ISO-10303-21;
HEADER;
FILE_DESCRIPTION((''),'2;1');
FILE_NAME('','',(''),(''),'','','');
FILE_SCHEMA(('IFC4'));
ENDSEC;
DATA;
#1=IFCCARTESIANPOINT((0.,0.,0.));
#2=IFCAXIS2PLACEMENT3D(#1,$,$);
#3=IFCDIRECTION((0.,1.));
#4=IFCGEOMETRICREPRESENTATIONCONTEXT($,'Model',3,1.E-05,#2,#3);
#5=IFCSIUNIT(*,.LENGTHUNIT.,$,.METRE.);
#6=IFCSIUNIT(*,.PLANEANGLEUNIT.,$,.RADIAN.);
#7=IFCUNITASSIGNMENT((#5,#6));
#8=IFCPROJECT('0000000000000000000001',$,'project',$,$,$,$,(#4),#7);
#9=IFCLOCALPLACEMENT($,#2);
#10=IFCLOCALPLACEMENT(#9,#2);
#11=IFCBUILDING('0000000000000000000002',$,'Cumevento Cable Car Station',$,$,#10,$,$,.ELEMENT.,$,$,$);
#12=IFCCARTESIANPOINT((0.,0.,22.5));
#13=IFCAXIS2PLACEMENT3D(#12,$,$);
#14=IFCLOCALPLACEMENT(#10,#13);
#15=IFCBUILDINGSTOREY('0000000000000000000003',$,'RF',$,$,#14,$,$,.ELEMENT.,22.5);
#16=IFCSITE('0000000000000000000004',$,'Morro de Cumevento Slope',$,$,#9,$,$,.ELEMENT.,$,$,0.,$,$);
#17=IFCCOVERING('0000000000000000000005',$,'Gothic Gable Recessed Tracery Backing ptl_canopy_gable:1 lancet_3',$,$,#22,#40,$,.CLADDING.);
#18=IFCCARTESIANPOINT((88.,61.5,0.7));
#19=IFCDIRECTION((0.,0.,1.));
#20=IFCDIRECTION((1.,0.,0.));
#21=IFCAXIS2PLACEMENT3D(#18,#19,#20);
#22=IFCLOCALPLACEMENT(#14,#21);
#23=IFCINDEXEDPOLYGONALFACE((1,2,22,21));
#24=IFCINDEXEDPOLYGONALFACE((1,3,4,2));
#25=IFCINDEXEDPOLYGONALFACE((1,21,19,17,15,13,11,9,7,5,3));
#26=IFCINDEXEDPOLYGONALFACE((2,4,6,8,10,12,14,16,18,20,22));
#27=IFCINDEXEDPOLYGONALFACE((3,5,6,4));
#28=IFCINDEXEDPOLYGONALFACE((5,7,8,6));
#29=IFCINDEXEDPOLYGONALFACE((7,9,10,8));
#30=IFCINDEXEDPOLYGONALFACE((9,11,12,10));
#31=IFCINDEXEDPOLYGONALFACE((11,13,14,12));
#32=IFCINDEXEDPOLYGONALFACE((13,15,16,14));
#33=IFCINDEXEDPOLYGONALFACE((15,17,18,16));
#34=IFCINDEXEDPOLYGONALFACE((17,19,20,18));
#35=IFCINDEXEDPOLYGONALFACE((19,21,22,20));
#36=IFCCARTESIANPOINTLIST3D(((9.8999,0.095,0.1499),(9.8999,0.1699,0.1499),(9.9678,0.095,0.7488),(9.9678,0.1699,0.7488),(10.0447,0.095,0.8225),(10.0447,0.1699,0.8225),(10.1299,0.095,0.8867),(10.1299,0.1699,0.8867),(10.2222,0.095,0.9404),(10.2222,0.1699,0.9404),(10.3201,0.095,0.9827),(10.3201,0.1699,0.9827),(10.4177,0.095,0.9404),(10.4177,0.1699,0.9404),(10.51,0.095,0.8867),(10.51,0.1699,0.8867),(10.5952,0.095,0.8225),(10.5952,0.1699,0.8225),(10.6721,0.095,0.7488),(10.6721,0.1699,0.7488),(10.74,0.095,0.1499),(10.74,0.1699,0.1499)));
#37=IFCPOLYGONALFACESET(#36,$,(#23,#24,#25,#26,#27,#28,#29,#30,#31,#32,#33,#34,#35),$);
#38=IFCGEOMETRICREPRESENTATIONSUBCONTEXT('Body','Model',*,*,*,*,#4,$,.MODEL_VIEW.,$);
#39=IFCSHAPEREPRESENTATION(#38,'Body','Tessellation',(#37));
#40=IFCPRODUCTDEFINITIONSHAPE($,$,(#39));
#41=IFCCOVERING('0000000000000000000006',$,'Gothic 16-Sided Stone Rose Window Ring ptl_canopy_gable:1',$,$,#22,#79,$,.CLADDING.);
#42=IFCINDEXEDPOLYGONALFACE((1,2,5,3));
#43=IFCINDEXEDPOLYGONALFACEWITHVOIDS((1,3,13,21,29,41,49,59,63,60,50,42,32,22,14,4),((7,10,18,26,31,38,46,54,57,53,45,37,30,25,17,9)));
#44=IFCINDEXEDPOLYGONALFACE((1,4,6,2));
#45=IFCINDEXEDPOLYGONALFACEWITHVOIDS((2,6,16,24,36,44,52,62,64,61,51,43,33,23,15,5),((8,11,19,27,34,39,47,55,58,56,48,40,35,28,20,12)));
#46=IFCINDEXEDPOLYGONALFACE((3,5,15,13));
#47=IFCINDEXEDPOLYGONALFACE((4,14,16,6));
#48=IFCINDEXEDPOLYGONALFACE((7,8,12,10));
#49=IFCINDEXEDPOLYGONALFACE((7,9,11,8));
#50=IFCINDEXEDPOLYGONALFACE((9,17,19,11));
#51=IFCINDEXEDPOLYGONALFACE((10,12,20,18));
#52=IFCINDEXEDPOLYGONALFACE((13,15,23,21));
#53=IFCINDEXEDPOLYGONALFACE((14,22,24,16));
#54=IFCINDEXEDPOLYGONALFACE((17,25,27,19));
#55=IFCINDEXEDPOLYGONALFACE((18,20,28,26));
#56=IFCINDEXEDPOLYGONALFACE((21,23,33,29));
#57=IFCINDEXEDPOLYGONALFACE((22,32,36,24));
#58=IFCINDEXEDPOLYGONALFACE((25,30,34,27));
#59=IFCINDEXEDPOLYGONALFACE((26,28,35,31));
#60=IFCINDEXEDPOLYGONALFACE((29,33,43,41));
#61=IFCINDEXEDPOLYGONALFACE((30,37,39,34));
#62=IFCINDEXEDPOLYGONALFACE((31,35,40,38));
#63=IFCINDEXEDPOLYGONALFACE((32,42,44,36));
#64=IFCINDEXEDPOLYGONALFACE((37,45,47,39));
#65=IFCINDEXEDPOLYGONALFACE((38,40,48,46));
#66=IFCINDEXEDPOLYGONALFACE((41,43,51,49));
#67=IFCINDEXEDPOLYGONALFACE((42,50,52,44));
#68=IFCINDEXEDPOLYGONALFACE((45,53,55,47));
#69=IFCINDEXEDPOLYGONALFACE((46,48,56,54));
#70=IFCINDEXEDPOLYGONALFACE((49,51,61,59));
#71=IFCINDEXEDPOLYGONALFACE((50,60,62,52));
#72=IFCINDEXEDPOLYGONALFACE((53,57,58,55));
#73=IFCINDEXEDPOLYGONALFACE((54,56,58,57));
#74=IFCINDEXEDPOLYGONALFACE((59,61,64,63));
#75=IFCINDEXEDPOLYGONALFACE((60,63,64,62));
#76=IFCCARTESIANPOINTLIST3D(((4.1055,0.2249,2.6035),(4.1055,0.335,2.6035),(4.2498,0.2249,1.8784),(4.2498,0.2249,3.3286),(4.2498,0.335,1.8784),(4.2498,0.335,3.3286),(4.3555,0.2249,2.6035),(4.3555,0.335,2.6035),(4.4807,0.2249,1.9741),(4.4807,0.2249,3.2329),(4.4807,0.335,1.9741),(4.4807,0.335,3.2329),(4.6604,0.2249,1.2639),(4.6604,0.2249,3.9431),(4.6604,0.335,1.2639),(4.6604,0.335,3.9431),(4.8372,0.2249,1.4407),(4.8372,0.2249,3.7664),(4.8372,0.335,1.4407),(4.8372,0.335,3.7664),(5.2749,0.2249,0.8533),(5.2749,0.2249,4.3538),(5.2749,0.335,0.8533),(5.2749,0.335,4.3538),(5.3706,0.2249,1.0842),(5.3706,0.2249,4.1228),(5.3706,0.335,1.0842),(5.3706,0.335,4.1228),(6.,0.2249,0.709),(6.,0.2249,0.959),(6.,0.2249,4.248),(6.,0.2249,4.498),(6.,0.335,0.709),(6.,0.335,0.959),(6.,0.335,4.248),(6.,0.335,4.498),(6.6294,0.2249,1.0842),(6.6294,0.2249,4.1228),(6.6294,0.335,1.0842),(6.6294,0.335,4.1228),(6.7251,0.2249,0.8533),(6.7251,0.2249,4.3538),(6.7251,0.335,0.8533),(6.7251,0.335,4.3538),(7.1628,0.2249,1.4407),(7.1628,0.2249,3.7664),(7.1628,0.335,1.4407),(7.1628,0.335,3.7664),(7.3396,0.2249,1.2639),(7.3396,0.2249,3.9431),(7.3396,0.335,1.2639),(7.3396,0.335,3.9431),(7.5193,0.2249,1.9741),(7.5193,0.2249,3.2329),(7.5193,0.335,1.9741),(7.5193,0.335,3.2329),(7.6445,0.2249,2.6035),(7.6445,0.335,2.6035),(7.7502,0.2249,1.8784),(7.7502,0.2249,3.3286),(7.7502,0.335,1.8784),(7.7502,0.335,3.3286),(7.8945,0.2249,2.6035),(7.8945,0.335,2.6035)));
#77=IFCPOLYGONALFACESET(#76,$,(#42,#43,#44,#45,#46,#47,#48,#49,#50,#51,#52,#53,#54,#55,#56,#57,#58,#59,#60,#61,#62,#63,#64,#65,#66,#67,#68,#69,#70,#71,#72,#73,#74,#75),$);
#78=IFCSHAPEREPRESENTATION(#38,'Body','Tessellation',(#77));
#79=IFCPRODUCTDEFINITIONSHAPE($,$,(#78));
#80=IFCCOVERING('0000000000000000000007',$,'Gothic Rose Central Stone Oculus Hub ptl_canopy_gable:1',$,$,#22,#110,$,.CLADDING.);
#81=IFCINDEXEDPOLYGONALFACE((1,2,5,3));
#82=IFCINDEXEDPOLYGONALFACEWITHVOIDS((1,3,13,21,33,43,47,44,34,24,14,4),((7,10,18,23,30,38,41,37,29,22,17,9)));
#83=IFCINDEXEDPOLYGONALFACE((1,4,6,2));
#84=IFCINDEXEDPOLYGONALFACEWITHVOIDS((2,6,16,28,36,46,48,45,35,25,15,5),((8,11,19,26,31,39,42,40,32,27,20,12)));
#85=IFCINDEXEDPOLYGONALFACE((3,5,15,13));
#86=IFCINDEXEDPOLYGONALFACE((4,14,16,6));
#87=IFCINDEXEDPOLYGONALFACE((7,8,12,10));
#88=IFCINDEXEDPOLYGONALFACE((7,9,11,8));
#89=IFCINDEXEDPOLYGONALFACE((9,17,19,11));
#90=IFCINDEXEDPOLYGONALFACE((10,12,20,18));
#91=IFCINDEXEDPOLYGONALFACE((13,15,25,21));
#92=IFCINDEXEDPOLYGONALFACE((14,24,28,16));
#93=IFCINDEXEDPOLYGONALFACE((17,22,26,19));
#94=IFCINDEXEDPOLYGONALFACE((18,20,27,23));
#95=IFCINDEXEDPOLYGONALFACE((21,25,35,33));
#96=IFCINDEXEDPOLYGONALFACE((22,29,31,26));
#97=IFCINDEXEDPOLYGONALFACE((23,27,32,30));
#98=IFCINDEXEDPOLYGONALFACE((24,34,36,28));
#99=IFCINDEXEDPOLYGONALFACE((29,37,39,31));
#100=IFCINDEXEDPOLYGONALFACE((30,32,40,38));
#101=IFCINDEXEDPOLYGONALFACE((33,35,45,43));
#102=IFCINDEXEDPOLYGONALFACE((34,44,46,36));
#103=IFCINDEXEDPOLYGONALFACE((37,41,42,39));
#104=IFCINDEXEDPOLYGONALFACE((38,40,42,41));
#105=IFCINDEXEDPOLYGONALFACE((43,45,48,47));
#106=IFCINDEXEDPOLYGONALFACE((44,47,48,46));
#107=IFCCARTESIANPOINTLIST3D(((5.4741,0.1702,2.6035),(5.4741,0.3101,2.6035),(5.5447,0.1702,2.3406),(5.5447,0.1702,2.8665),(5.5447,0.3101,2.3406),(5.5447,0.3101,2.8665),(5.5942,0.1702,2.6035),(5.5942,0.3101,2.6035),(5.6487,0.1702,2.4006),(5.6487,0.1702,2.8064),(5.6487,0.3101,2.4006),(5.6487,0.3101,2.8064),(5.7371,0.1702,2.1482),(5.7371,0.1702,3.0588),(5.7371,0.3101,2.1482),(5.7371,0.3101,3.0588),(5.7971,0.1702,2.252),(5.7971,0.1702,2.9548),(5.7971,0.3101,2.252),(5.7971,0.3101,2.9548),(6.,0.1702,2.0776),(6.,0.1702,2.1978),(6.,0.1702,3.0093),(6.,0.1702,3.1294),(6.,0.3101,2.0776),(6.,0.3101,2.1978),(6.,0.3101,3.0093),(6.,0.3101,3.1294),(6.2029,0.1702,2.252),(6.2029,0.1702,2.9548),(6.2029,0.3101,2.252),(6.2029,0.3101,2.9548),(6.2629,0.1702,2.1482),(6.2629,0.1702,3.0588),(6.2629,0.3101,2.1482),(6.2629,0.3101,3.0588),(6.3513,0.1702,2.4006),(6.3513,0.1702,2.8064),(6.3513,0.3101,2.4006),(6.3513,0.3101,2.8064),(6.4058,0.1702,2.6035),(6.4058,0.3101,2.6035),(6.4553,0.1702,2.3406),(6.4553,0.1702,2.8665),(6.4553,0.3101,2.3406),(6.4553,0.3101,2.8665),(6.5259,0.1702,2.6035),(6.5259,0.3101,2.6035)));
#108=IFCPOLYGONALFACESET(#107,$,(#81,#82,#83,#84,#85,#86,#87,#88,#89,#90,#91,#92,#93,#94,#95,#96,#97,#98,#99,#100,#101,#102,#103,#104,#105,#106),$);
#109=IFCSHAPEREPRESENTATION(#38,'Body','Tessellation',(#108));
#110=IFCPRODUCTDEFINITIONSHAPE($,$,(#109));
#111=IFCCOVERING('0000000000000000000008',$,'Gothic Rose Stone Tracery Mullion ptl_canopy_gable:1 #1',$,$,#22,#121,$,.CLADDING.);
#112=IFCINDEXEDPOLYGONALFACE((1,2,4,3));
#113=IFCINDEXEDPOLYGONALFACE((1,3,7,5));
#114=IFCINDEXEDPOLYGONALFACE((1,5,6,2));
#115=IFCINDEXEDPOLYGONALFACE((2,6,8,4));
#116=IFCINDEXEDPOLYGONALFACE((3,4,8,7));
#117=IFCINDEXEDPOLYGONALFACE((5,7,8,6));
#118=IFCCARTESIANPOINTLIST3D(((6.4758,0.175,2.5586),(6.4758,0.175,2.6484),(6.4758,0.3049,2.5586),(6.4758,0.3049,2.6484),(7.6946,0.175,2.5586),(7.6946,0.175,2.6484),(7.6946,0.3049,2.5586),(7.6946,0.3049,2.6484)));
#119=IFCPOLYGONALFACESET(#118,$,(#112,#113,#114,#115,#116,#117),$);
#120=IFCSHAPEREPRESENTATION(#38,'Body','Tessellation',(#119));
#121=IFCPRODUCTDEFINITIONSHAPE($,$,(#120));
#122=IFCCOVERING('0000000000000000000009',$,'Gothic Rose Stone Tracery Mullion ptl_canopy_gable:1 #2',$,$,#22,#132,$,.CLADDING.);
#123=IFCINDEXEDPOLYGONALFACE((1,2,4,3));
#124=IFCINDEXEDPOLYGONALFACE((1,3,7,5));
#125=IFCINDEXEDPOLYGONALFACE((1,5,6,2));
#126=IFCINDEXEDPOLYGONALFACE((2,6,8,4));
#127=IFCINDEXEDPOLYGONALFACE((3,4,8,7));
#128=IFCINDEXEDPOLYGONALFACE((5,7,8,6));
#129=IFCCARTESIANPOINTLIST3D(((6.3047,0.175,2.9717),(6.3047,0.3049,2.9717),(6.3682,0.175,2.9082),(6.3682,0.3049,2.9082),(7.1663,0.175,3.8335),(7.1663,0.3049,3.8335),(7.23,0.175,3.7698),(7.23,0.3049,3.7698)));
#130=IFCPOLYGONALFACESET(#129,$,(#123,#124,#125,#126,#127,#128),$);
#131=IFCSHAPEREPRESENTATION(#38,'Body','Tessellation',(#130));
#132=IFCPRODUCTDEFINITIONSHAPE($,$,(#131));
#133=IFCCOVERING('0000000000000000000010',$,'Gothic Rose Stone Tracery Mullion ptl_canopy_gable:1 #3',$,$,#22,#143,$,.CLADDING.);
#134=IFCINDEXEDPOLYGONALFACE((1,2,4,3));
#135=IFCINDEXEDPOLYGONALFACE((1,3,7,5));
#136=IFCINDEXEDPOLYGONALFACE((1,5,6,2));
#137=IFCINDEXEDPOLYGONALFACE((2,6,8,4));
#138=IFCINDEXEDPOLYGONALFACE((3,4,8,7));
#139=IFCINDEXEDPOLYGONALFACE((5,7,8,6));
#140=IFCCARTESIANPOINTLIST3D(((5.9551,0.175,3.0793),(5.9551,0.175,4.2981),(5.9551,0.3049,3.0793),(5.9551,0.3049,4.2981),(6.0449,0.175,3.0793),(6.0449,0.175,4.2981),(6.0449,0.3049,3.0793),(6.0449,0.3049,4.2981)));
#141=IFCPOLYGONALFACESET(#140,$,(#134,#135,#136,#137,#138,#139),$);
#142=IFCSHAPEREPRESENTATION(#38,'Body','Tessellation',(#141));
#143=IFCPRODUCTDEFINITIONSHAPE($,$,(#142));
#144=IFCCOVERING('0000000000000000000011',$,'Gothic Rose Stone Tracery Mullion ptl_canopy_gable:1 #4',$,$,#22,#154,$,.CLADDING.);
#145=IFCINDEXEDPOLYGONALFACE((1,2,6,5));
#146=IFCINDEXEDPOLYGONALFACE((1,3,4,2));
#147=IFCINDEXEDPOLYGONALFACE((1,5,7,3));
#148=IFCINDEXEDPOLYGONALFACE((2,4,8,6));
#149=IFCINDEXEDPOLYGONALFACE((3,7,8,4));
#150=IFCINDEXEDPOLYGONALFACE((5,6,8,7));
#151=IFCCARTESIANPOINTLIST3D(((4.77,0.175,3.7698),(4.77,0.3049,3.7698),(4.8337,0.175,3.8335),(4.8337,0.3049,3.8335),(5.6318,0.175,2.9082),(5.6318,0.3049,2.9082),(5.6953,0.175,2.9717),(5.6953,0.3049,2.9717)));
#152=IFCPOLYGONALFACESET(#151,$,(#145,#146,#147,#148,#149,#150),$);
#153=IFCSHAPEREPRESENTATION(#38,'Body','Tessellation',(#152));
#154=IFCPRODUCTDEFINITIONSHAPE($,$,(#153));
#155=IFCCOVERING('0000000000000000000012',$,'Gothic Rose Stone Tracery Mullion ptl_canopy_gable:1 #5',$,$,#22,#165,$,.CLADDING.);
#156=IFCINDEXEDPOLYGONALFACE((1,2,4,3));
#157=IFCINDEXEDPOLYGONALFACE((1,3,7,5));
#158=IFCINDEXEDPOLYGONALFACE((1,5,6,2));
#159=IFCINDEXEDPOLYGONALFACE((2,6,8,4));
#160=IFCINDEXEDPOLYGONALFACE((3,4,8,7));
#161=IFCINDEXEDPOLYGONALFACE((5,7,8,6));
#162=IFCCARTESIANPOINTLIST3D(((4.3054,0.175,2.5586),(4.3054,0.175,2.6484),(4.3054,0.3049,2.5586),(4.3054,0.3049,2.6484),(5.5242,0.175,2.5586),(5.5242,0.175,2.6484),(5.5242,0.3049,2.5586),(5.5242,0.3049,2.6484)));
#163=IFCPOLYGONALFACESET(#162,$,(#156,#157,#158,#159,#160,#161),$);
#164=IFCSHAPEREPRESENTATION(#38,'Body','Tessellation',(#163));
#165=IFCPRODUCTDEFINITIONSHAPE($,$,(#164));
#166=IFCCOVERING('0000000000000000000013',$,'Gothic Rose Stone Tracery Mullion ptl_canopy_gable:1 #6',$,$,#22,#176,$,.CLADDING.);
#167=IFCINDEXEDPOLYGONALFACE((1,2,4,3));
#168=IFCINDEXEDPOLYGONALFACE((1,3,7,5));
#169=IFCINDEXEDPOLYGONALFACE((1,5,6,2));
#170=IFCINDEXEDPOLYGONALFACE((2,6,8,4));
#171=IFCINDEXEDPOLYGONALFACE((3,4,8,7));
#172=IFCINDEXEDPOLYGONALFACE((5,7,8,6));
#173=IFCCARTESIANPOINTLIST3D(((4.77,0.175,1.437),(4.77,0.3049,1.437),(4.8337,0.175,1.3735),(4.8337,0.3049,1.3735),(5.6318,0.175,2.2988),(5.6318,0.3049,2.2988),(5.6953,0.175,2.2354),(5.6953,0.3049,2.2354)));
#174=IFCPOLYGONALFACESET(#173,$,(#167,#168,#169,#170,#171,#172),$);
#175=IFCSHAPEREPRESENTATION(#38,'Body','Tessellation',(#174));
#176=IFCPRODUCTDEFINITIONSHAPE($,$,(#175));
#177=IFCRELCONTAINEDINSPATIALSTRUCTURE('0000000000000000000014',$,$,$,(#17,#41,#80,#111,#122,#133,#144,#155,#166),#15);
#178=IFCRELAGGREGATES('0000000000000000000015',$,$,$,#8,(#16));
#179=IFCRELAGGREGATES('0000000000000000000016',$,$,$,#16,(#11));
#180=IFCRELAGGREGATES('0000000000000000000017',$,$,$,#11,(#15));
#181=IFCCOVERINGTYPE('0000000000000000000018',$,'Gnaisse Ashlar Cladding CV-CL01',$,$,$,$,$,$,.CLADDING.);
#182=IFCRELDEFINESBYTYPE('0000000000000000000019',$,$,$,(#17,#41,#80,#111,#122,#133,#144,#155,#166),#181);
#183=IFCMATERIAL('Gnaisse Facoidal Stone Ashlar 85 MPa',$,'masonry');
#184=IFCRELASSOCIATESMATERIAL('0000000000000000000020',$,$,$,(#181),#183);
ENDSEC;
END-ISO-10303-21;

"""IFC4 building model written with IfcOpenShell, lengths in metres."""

from ifc_helpers import new_model, si_unit, direction, frame, origin, place, context, subcontext, project, spatial, polyline, outline, extrude, material, type_object, element, save


model = new_model("IFC4")

# Units and contexts
model_context = context("Model", 3, precision=1e-05, world=origin(), true_north=direction((0.0, 1.0)))
body_context = subcontext(model_context, "Body", "Model", "MODEL_VIEW")
ifc_project = project(units=[si_unit("LENGTHUNIT", "METRE"), si_unit("PLANEANGLEUNIT", "RADIAN")], contexts=[model_context])

# Site, building, storey
site_placement = place(None, origin())
site = spatial("IfcSite", under=ifc_project, at=site_placement, Name="Morro de Cumevento Slope", CompositionType="ELEMENT", RefElevation=0.0)
building_placement = place(site_placement, origin())
building = spatial("IfcBuilding", under=site, at=building_placement, Name="Cumevento Cable Car Station", CompositionType="ELEMENT")
storey_placement = place(building_placement, frame((0.0, 0.0, 22.5)))
storey = spatial("IfcBuildingStorey", under=building, at=storey_placement, Name="RF", CompositionType="ELEMENT", Elevation=22.5)

# Coverings
ifc_material_1 = material(Name="Gnaisse Facoidal Stone Ashlar 85 MPa", Category="masonry")
covering_type_1 = type_object("IfcCoveringType", Name="Gnaisse Ashlar Cladding CV-CL01", PredefinedType="CLADDING", material=ifc_material_1)
placement = place(storey_placement, frame((88.0, 61.5, 0.7), z_axis=(0.0, 0.0, 1.0), x_axis=(1.0, 0.0, 0.0)))
element("IfcCovering", 1, at=placement, inside=storey, type_object=covering_type_1, Name="Gothic Gable Recessed Tracery Backing ptl_canopy_gable:1 lancet_3", PredefinedType="CLADDING", context=body_context, shape_type="SweptSolid", body=[
    extrude(outline(polyline([(9.8999, 0.1499), (10.74, 0.1499), (10.6721, 0.7488), (10.5952, 0.8225), (10.51, 0.8867), (10.4177, 0.9404), (10.3201, 0.9827), (10.2222, 0.9404), (10.1299, 0.8867), (10.0447, 0.8225), (9.9678, 0.7488), (9.8999, 0.1499)])), frame((0.0, 0.1699, 0.0), z_axis=(0.0, -1.0, 0.0), x_axis=(1.0, 0.0, 0.0)), (0.0, 0.0, 1.0), 0.075),
])
element("IfcCovering", 2, at=placement, inside=storey, type_object=covering_type_1, Name="Gothic 16-Sided Stone Rose Window Ring ptl_canopy_gable:1", PredefinedType="CLADDING", context=body_context, shape_type="SweptSolid", body=[
    extrude(outline(polyline([(7.8945, 2.6035), (7.7502, 3.3286), (7.3396, 3.9431), (6.7251, 4.3538), (6.0, 4.498), (5.2749, 4.3538), (4.6604, 3.9431), (4.2498, 3.3286), (4.1055, 2.6035), (4.2498, 1.8784), (4.6604, 1.2639), (5.2749, 0.8533), (6.0, 0.709), (6.7251, 0.8533), (7.3396, 1.2639), (7.7502, 1.8784), (7.8945, 2.6035)]), holes=[polyline([(7.6445, 2.6035), (7.5193, 3.2329), (7.1628, 3.7664), (6.6294, 4.1228), (6.0, 4.248), (5.3706, 4.1228), (4.8372, 3.7664), (4.4807, 3.2329), (4.3555, 2.6035), (4.4807, 1.9741), (4.8372, 1.4407), (5.3706, 1.0842), (6.0, 0.959), (6.6294, 1.0842), (7.1628, 1.4407), (7.5193, 1.9741), (7.6445, 2.6035)])]), frame((0.0, 0.335, 0.0), z_axis=(0.0, -1.0, 0.0), x_axis=(1.0, 0.0, 0.0)), (0.0, 0.0, 1.0), 0.1101),
])
element("IfcCovering", 3, at=placement, inside=storey, type_object=covering_type_1, Name="Gothic Rose Central Stone Oculus Hub ptl_canopy_gable:1", PredefinedType="CLADDING", context=body_context, shape_type="SweptSolid", body=[
    extrude(outline(polyline([(6.5259, 2.6035), (6.4553, 2.8665), (6.2629, 3.0588), (6.0, 3.1294), (5.7371, 3.0588), (5.5447, 2.8665), (5.4741, 2.6035), (5.5447, 2.3406), (5.7371, 2.1482), (6.0, 2.0776), (6.2629, 2.1482), (6.4553, 2.3406), (6.5259, 2.6035)]), holes=[polyline([(6.4058, 2.6035), (6.3513, 2.8064), (6.2029, 2.9548), (6.0, 3.0093), (5.7971, 2.9548), (5.6487, 2.8064), (5.5942, 2.6035), (5.6487, 2.4006), (5.7971, 2.252), (6.0, 2.1978), (6.2029, 2.252), (6.3513, 2.4006), (6.4058, 2.6035)])]), frame((0.0, 0.3101, 0.0), z_axis=(0.0, -1.0, 0.0), x_axis=(1.0, 0.0, 0.0)), (0.0, 0.0, 1.0), 0.1399),
])
element("IfcCovering", 4, at=placement, inside=storey, type_object=covering_type_1, Name="Gothic Rose Stone Tracery Mullion ptl_canopy_gable:1 #1", PredefinedType="CLADDING", context=body_context, shape_type="SweptSolid", body=[
    extrude(outline(polyline([(6.4758, 2.6484), (7.6946, 2.6484), (7.6946, 2.5586), (6.4758, 2.5586), (6.4758, 2.6484)])), frame((0.0, 0.3049, 0.0), z_axis=(0.0, -1.0, 0.0), x_axis=(1.0, 0.0, 0.0)), (0.0, 0.0, 1.0), 0.1299),
])
element("IfcCovering", 5, at=placement, inside=storey, type_object=covering_type_1, Name="Gothic Rose Stone Tracery Mullion ptl_canopy_gable:1 #2", PredefinedType="CLADDING", context=body_context, shape_type="SweptSolid", body=[
    extrude(outline(polyline([(6.3047, 2.9717), (7.1663, 3.8335), (7.23, 3.7698), (6.3682, 2.9082), (6.3047, 2.9717)])), frame((0.0, 0.3049, 0.0), z_axis=(0.0, -1.0, 0.0), x_axis=(1.0, 0.0, 0.0)), (0.0, 0.0, 1.0), 0.1299),
])
element("IfcCovering", 6, at=placement, inside=storey, type_object=covering_type_1, Name="Gothic Rose Stone Tracery Mullion ptl_canopy_gable:1 #3", PredefinedType="CLADDING", context=body_context, shape_type="SweptSolid", body=[
    extrude(outline(polyline([(5.9551, 3.0793), (5.9551, 4.2981), (6.0449, 4.2981), (6.0449, 3.0793), (5.9551, 3.0793)])), frame((0.0, 0.3049, 0.0), z_axis=(0.0, -1.0, 0.0), x_axis=(1.0, 0.0, 0.0)), (0.0, 0.0, 1.0), 0.1299),
])
element("IfcCovering", 7, at=placement, inside=storey, type_object=covering_type_1, Name="Gothic Rose Stone Tracery Mullion ptl_canopy_gable:1 #4", PredefinedType="CLADDING", context=body_context, shape_type="SweptSolid", body=[
    extrude(outline(polyline([(5.6318, 2.9082), (4.77, 3.7698), (4.8337, 3.8335), (5.6953, 2.9717), (5.6318, 2.9082)])), frame((0.0, 0.3049, 0.0), z_axis=(0.0, -1.0, 0.0), x_axis=(1.0, 0.0, 0.0)), (0.0, 0.0, 1.0), 0.1299),
])
element("IfcCovering", 8, at=placement, inside=storey, type_object=covering_type_1, Name="Gothic Rose Stone Tracery Mullion ptl_canopy_gable:1 #5", PredefinedType="CLADDING", context=body_context, shape_type="SweptSolid", body=[
    extrude(outline(polyline([(5.5242, 2.5586), (4.3054, 2.5586), (4.3054, 2.6484), (5.5242, 2.6484), (5.5242, 2.5586)])), frame((0.0, 0.3049, 0.0), z_axis=(0.0, -1.0, 0.0), x_axis=(1.0, 0.0, 0.0)), (0.0, 0.0, 1.0), 0.1299),
])
element("IfcCovering", 9, at=placement, inside=storey, type_object=covering_type_1, Name="Gothic Rose Stone Tracery Mullion ptl_canopy_gable:1 #6", PredefinedType="CLADDING", context=body_context, shape_type="SweptSolid", body=[
    extrude(outline(polyline([(5.6953, 2.2354), (4.8337, 1.3735), (4.77, 1.437), (5.6318, 2.2988), (5.6953, 2.2354)])), frame((0.0, 0.3049, 0.0), z_axis=(0.0, -1.0, 0.0), x_axis=(1.0, 0.0, 0.0)), (0.0, 0.0, 1.0), 0.1299),
])

save(model, "model.ifc")
